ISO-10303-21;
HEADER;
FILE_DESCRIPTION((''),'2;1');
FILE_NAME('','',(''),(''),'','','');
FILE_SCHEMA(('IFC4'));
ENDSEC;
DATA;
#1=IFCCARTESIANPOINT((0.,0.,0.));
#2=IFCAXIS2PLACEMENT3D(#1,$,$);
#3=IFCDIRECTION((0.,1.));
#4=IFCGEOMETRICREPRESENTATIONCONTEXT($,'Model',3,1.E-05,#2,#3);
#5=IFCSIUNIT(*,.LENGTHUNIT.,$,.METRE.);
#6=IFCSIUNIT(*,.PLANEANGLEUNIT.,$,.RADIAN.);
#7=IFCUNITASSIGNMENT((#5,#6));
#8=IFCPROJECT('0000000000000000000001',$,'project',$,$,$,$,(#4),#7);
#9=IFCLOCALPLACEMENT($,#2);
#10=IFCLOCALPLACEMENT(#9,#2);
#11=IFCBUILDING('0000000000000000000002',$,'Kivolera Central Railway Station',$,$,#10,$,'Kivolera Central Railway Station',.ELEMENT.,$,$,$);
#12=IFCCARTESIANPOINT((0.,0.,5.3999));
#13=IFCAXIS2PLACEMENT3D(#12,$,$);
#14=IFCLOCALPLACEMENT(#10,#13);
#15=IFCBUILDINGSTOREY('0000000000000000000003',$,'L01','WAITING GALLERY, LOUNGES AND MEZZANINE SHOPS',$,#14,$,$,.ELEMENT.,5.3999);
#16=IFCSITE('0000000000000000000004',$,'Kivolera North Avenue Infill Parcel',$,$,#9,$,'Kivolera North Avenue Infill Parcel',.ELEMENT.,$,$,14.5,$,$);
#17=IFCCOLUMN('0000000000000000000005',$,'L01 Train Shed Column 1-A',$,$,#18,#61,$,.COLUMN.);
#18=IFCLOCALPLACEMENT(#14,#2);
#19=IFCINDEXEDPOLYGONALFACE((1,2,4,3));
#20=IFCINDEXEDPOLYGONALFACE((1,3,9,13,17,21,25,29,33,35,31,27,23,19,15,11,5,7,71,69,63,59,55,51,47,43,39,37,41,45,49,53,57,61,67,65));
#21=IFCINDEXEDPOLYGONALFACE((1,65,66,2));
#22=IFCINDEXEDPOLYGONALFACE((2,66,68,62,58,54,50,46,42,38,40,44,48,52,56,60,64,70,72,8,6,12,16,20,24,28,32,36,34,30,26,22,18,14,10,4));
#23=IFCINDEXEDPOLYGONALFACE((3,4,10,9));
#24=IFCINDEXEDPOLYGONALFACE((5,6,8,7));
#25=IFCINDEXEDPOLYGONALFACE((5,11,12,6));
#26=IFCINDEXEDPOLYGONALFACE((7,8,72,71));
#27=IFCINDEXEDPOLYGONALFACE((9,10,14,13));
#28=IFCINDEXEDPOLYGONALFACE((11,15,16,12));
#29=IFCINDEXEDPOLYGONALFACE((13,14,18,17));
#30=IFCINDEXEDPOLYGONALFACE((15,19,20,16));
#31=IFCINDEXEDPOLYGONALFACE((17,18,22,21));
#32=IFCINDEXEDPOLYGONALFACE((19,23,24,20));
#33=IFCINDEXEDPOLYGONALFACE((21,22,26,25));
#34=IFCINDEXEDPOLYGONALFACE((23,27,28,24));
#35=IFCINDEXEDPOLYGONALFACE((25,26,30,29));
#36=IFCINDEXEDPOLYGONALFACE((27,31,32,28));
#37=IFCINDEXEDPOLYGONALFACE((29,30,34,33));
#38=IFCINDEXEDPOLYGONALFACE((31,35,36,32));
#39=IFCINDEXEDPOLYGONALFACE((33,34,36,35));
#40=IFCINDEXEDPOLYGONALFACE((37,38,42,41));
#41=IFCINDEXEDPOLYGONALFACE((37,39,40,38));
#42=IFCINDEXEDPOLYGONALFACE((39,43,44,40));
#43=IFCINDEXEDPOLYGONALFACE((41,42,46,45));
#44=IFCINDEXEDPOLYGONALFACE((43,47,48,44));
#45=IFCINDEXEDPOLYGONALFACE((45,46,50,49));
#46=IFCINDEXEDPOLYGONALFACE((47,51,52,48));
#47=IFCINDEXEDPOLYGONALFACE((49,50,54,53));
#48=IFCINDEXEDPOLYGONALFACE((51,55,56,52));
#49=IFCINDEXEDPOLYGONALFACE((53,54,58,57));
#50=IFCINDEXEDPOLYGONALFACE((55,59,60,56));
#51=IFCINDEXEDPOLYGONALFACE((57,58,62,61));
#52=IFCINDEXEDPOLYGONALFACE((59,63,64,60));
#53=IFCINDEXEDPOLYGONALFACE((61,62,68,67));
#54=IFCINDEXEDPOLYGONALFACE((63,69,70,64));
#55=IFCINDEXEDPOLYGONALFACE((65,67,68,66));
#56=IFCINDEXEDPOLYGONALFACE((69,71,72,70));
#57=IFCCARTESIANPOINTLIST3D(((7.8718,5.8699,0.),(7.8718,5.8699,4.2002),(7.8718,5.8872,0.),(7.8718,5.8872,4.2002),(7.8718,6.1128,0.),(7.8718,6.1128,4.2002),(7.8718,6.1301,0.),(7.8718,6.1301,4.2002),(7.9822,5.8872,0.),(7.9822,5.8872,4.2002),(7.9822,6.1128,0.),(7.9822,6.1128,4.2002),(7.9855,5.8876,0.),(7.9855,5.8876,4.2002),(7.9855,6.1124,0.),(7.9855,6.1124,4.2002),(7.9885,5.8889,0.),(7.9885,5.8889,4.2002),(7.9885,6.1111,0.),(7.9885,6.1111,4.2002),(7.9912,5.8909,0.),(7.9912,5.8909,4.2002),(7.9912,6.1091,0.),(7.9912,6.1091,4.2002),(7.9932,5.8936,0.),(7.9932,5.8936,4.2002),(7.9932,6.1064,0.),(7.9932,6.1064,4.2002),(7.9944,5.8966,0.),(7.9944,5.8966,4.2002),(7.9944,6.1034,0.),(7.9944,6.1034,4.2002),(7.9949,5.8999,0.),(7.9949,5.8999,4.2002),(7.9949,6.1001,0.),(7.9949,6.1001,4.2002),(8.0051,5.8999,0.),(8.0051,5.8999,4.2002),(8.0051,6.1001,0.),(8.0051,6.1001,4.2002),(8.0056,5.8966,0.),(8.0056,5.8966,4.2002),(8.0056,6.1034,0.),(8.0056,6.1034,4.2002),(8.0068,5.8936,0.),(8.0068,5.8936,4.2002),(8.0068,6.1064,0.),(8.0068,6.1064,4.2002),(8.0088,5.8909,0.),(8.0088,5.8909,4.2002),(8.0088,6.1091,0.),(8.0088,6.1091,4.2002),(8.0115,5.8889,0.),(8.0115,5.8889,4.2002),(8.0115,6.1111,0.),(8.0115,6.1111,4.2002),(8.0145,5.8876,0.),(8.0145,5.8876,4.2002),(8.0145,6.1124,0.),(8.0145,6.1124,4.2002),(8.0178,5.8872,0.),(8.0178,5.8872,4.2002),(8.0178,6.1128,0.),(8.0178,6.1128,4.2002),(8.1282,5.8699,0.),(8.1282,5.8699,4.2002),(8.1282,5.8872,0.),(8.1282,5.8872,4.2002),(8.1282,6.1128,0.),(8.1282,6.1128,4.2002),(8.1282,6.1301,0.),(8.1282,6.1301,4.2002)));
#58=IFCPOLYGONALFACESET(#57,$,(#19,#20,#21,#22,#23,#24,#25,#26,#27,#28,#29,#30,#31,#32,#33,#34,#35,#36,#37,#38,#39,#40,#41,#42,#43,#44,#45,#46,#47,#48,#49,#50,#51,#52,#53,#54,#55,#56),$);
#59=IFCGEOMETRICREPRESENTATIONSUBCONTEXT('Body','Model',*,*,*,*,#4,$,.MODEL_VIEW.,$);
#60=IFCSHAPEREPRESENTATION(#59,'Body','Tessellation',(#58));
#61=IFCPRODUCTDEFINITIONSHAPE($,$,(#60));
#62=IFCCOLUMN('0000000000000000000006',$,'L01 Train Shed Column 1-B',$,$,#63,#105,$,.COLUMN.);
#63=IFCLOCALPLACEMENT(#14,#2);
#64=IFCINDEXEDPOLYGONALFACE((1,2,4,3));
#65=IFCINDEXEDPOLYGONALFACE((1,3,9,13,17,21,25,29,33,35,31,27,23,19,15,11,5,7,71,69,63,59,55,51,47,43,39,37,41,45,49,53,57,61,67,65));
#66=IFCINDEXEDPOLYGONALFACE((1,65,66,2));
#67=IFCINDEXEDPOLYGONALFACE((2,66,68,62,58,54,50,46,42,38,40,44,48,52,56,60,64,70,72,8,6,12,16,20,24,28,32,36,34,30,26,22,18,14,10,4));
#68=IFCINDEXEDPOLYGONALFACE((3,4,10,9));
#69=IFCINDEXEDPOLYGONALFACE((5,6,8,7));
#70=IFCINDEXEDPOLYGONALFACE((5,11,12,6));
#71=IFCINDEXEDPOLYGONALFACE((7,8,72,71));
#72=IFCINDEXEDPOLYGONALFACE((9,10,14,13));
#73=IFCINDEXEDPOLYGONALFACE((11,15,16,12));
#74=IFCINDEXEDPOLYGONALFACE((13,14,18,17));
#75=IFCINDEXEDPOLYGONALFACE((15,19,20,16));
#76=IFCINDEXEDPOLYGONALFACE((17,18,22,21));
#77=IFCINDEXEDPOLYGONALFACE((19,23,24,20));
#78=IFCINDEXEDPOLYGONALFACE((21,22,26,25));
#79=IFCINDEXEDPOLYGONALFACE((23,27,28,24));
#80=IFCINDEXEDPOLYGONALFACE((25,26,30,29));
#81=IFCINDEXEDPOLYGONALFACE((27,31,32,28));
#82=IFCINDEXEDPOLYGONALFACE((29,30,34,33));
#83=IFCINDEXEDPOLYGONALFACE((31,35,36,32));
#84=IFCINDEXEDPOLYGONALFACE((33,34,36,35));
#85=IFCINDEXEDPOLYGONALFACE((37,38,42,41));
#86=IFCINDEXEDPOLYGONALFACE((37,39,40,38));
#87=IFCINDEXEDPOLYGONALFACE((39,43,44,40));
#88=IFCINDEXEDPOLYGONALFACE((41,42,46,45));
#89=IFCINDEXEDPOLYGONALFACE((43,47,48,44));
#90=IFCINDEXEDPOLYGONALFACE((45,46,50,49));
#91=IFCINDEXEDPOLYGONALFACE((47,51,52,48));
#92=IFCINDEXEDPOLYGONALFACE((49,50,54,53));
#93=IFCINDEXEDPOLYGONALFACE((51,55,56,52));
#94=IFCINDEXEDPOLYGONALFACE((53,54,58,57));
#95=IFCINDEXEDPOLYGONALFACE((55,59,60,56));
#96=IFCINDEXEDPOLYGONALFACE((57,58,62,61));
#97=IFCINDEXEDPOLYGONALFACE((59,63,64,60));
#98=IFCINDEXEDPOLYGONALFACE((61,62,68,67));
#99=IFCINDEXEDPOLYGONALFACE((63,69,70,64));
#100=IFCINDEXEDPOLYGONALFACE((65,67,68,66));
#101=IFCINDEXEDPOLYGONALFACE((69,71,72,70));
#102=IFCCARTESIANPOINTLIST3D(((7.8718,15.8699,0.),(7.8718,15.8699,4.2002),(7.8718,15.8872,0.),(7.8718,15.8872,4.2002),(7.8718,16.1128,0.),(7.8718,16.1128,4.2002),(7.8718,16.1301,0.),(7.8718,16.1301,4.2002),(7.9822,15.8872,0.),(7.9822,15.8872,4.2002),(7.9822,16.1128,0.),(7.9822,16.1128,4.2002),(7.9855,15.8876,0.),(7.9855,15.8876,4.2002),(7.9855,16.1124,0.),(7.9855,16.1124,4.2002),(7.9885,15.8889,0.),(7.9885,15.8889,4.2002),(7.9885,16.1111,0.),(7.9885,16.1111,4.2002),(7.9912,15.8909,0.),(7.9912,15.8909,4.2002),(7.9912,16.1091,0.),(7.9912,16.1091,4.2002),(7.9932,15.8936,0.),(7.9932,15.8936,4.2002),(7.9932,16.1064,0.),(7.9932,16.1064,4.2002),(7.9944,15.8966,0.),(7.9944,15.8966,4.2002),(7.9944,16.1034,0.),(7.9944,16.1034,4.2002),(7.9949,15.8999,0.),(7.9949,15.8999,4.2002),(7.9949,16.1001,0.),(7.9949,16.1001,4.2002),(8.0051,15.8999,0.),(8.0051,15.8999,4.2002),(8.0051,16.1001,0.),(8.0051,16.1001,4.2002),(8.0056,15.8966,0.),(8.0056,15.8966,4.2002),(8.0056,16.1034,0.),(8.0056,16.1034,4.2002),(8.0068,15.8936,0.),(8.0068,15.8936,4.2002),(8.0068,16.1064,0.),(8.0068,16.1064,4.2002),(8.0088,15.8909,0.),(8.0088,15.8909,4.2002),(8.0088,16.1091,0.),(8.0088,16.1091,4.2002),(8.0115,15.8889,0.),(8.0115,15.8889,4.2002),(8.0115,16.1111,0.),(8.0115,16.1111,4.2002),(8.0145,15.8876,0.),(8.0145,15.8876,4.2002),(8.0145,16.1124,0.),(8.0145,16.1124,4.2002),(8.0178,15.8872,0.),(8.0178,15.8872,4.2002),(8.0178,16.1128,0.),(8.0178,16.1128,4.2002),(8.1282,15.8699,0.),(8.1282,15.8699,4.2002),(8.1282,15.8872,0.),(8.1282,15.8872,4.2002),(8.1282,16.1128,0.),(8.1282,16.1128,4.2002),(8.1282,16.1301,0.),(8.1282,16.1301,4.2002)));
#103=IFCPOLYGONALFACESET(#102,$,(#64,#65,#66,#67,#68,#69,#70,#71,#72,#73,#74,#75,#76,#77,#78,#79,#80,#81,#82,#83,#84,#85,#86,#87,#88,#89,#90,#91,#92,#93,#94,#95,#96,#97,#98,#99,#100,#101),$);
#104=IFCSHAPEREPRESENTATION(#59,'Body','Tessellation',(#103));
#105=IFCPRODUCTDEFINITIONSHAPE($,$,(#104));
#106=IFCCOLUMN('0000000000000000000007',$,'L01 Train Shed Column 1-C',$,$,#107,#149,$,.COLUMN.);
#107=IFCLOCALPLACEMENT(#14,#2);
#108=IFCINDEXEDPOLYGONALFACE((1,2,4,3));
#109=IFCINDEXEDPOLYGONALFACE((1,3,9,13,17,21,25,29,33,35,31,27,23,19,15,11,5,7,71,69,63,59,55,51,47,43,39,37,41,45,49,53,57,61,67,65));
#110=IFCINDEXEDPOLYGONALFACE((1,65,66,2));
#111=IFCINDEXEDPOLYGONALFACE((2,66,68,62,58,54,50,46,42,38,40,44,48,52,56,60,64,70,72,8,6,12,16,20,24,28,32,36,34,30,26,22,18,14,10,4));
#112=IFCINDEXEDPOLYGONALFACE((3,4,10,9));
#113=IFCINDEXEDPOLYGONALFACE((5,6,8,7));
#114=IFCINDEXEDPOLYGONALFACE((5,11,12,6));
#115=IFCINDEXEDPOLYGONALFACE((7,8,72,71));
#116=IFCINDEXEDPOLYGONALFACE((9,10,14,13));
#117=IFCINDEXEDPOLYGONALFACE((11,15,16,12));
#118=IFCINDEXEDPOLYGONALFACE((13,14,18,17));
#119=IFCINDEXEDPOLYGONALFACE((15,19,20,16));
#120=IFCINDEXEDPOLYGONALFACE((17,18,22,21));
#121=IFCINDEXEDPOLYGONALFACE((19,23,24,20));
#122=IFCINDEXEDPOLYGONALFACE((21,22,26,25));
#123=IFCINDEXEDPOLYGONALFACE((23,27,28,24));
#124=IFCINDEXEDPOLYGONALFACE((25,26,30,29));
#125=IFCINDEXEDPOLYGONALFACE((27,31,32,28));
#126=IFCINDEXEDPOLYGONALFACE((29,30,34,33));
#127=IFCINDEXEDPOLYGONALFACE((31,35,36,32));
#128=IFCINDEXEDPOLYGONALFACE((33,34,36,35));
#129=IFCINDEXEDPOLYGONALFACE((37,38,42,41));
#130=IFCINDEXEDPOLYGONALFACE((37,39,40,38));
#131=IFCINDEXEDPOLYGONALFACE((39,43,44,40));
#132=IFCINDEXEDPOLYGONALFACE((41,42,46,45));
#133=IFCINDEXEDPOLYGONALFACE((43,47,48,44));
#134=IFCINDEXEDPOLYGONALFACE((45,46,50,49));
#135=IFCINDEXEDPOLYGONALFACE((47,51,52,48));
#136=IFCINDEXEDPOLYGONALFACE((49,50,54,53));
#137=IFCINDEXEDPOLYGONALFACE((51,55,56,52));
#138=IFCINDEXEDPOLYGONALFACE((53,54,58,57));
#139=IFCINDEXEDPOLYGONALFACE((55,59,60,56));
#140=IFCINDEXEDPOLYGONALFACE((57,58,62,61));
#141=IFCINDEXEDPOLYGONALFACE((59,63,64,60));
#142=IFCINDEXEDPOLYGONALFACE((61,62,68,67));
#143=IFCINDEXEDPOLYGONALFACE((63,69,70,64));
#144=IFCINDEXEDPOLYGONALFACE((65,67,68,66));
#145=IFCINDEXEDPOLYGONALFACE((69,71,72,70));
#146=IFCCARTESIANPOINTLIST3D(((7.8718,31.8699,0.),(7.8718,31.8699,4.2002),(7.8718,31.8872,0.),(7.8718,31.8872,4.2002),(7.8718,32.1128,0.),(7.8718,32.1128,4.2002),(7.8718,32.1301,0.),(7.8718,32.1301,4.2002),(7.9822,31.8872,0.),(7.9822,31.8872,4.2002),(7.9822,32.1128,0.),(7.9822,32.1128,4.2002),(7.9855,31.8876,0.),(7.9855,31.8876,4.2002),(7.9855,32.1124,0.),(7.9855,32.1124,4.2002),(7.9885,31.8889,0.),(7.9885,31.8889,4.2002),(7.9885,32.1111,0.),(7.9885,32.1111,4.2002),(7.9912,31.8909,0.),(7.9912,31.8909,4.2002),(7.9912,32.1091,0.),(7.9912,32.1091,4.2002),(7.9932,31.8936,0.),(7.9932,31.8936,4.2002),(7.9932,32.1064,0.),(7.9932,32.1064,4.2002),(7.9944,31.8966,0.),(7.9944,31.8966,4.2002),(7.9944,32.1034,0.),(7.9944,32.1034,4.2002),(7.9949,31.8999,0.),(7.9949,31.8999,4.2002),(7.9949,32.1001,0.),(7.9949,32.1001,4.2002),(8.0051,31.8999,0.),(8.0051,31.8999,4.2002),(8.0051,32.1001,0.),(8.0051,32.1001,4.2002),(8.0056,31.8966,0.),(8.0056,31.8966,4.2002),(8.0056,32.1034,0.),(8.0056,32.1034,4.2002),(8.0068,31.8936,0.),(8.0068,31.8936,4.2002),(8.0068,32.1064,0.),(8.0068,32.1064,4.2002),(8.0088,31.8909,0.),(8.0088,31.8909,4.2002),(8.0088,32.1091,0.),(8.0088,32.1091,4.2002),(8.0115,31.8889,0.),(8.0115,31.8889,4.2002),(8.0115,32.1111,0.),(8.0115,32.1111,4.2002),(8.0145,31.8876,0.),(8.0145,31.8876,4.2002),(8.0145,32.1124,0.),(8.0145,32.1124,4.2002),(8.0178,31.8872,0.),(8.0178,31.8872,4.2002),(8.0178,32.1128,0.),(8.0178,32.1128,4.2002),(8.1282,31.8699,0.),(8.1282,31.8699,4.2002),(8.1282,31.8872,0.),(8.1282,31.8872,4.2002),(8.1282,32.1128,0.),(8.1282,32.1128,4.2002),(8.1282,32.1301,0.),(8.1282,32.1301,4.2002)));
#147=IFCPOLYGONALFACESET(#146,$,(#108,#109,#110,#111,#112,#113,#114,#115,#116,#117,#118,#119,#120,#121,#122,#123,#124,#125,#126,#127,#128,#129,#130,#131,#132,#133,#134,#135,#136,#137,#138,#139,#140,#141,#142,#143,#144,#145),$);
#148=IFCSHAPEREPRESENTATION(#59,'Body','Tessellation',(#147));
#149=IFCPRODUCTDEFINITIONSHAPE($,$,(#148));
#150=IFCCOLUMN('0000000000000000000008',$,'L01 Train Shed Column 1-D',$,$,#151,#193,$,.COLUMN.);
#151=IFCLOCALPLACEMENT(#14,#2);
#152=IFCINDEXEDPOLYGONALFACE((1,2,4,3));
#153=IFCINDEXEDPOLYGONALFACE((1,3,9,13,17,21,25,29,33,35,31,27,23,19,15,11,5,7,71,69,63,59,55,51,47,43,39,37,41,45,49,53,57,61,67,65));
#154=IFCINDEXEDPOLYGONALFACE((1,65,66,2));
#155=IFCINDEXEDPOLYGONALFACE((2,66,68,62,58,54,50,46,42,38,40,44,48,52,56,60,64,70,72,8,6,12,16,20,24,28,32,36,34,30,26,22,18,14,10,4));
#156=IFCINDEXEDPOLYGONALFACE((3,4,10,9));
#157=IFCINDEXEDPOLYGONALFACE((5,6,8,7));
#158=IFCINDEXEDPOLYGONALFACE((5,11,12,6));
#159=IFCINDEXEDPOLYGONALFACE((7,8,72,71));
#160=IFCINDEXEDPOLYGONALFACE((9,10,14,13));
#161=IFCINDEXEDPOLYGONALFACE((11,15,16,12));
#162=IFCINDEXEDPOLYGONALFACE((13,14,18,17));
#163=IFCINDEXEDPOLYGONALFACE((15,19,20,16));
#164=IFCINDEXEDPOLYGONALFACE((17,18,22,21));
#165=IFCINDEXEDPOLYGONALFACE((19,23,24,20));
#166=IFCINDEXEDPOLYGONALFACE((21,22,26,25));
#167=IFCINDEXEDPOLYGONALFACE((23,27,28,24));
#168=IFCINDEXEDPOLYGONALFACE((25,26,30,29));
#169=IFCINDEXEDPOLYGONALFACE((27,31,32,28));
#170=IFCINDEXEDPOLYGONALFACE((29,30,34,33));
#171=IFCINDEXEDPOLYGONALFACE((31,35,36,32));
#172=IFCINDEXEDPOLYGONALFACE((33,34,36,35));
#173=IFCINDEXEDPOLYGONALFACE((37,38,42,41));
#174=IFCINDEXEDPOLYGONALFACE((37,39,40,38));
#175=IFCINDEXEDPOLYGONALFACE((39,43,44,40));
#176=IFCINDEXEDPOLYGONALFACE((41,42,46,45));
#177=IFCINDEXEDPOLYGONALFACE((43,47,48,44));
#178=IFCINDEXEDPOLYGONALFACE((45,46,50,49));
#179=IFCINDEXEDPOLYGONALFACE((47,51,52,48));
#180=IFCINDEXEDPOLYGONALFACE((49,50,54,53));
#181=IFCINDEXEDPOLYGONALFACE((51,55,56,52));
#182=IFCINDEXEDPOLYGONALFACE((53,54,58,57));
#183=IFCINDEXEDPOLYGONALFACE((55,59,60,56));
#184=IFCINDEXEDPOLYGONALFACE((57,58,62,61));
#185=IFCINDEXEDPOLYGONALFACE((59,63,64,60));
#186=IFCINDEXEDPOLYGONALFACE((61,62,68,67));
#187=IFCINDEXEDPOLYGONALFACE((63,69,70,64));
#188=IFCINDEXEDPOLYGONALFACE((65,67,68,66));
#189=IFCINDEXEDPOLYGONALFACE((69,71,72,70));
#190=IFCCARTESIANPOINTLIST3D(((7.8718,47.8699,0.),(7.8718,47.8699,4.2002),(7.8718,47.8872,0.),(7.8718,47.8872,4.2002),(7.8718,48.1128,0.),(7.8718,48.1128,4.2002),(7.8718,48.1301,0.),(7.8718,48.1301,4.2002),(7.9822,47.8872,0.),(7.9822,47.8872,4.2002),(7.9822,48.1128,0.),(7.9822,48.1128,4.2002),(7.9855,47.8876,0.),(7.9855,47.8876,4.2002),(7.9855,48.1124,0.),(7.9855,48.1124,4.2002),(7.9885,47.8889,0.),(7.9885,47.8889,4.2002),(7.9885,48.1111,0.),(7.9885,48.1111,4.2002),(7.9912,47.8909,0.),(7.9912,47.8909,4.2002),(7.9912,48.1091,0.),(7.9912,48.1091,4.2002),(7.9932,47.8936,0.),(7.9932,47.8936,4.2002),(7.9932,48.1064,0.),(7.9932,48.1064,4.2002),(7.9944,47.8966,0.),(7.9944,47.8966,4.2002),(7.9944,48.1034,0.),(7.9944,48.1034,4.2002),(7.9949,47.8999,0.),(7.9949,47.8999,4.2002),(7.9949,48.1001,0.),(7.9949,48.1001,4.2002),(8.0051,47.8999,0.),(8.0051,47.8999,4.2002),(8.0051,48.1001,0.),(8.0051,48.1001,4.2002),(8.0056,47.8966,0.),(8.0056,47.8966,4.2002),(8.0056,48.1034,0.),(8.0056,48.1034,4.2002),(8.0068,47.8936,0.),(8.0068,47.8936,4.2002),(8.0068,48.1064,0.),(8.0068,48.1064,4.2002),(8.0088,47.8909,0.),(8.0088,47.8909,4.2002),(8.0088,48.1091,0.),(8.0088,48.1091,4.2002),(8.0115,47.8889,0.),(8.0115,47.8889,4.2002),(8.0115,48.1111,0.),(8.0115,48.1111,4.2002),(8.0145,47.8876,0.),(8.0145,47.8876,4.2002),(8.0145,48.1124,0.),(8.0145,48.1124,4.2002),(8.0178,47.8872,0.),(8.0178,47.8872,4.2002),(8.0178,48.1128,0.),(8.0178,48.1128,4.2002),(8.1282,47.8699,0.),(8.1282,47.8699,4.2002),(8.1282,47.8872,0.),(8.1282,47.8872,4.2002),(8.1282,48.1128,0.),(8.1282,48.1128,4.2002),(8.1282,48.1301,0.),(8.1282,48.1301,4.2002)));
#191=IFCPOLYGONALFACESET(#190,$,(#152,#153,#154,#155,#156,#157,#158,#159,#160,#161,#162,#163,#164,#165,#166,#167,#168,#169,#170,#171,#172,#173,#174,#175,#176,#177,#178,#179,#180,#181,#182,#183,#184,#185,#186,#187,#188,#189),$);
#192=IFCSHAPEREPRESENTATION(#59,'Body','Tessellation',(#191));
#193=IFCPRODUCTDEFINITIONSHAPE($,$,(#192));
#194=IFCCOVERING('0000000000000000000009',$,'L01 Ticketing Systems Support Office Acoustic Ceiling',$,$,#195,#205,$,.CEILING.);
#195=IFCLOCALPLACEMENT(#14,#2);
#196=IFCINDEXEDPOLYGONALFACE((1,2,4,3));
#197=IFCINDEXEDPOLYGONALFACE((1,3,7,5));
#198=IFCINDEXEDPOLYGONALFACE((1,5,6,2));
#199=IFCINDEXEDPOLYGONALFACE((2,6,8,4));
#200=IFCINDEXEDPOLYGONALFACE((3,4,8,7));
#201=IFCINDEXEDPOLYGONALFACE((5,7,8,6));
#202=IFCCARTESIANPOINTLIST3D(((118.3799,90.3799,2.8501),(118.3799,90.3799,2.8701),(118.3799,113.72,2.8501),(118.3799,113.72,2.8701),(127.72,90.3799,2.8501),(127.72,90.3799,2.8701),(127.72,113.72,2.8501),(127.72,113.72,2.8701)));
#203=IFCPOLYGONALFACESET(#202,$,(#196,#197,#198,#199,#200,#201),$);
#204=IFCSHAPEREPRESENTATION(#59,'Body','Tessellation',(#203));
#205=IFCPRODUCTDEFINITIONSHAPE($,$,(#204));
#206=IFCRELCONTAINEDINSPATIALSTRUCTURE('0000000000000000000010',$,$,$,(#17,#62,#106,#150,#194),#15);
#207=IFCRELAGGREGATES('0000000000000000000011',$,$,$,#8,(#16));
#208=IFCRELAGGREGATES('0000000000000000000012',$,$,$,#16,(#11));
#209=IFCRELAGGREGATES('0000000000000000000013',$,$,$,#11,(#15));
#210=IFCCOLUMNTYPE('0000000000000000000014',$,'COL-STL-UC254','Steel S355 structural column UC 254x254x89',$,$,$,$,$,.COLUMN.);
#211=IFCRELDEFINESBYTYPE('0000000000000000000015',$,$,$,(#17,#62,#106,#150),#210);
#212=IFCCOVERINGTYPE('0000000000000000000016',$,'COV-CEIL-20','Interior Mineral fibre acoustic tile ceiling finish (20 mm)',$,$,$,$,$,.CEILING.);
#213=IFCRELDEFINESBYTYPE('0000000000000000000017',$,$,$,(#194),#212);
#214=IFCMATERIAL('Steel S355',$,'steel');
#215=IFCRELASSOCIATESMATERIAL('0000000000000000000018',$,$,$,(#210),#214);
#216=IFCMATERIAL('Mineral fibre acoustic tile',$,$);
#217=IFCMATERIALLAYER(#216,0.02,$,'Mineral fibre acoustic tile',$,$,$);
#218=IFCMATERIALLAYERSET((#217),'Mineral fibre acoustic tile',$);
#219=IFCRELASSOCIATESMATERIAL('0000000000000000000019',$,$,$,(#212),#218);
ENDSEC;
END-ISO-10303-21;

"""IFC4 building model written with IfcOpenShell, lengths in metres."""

from ifc_helpers import new_model, si_unit, direction, frame, origin, origin_2d, place, context, subcontext, project, spatial, polyline, i_section, outline, extrude, material, layer, layer_set, material_profile, profile_set, type_object, element, save


model = new_model("IFC4")

# Units and contexts
model_context = context("Model", 3, precision=1e-05, world=origin(), true_north=direction((0.0, 1.0)))
body_context = subcontext(model_context, "Body", "Model", "MODEL_VIEW")
ifc_project = project(units=[si_unit("LENGTHUNIT", "METRE"), si_unit("PLANEANGLEUNIT", "RADIAN")], contexts=[model_context])

# Site, building, storey
site_placement = place(None, origin())
site = spatial("IfcSite", under=ifc_project, at=site_placement, Name="Kivolera North Avenue Infill Parcel", LongName="Kivolera North Avenue Infill Parcel", CompositionType="ELEMENT", RefElevation=14.5)
building_placement = place(site_placement, origin())
building = spatial("IfcBuilding", under=site, at=building_placement, Name="Kivolera Central Railway Station", LongName="Kivolera Central Railway Station", CompositionType="ELEMENT")
storey_placement = place(building_placement, frame((0.0, 0.0, 5.3999)))
storey = spatial("IfcBuildingStorey", under=building, at=storey_placement, Name="L01", Description="WAITING GALLERY, LOUNGES AND MEZZANINE SHOPS", CompositionType="ELEMENT", Elevation=5.3999)

# Columns
ifc_material_1 = material(Name="Steel S355", Category="steel")
ifc_material_profile = material_profile(ifc_material_1, i_section(OverallWidth=0.2563, OverallDepth=0.2603, WebThickness=0.0103, FlangeThickness=0.0173, FilletRadius=0.0127, at=origin_2d()), Name="UC 254x254x89")
ifc_profile_set = profile_set([ifc_material_profile], Name="Steel S355")
column_type = type_object("IfcColumnType", Name="COL-STL-UC254", Description="Steel S355 structural column UC 254x254x89", PredefinedType="COLUMN", material=ifc_profile_set)
for number, where, z_axis, x_axis, name in (
    (1, (8.0, 6.0, 0.0), (0.0, 0.0, 1.0), (1.0, 0.0, 0.0), "L01 Train Shed Column 1-A"),
    (2, (8.0, 16.0, 0.0), (0.0, 0.0, 1.0), (1.0, 0.0, 0.0), "L01 Train Shed Column 1-B"),
    (3, (8.0, 32.0, 0.0), (0.0, 0.0, 1.0), (1.0, 0.0, 0.0), "L01 Train Shed Column 1-C"),
    (4, (8.0, 48.0, 0.0), (0.0, 0.0, 1.0), (1.0, 0.0, 0.0), "L01 Train Shed Column 1-D"),
):
    element("IfcColumn", number, at=place(storey_placement, frame(where, z_axis=z_axis, x_axis=x_axis)), inside=storey, type_object=column_type, Name=name, PredefinedType="COLUMN", context=body_context, shape_type="SweptSolid", body=[
        extrude(i_section(OverallWidth=0.2563, OverallDepth=0.2603, WebThickness=0.0103, FlangeThickness=0.0173, FilletRadius=0.0127, at=origin_2d()), origin(), (0.0, 0.0, 1.0), 4.2002),
    ])

# Covering
ifc_material_2 = material(Name="Mineral fibre acoustic tile")
ifc_layer_1 = layer(ifc_material_2, 0.02, Name="Mineral fibre acoustic tile")
ifc_layer_set_1 = layer_set([ifc_layer_1], Name="Mineral fibre acoustic tile")
covering_type_1 = type_object("IfcCoveringType", Name="COV-CEIL-20", Description="Interior Mineral fibre acoustic tile ceiling finish (20 mm)", PredefinedType="CEILING", material=ifc_layer_set_1)
covering_1_placement = place(storey_placement, frame((0.0, 0.0, 2.8501)))
element("IfcCovering", 5, at=covering_1_placement, inside=storey, type_object=covering_type_1, Name="L01 Ticketing Systems Support Office Acoustic Ceiling", PredefinedType="CEILING", context=body_context, shape_type="SweptSolid", body=[
    extrude(outline(polyline([(118.3799, 90.3799), (127.72, 90.3799), (127.72, 113.72), (118.3799, 113.72), (118.3799, 90.3799)])), origin(), (0.0, 0.0, 1.0), 0.02),
])

save(model, "model.ifc")
